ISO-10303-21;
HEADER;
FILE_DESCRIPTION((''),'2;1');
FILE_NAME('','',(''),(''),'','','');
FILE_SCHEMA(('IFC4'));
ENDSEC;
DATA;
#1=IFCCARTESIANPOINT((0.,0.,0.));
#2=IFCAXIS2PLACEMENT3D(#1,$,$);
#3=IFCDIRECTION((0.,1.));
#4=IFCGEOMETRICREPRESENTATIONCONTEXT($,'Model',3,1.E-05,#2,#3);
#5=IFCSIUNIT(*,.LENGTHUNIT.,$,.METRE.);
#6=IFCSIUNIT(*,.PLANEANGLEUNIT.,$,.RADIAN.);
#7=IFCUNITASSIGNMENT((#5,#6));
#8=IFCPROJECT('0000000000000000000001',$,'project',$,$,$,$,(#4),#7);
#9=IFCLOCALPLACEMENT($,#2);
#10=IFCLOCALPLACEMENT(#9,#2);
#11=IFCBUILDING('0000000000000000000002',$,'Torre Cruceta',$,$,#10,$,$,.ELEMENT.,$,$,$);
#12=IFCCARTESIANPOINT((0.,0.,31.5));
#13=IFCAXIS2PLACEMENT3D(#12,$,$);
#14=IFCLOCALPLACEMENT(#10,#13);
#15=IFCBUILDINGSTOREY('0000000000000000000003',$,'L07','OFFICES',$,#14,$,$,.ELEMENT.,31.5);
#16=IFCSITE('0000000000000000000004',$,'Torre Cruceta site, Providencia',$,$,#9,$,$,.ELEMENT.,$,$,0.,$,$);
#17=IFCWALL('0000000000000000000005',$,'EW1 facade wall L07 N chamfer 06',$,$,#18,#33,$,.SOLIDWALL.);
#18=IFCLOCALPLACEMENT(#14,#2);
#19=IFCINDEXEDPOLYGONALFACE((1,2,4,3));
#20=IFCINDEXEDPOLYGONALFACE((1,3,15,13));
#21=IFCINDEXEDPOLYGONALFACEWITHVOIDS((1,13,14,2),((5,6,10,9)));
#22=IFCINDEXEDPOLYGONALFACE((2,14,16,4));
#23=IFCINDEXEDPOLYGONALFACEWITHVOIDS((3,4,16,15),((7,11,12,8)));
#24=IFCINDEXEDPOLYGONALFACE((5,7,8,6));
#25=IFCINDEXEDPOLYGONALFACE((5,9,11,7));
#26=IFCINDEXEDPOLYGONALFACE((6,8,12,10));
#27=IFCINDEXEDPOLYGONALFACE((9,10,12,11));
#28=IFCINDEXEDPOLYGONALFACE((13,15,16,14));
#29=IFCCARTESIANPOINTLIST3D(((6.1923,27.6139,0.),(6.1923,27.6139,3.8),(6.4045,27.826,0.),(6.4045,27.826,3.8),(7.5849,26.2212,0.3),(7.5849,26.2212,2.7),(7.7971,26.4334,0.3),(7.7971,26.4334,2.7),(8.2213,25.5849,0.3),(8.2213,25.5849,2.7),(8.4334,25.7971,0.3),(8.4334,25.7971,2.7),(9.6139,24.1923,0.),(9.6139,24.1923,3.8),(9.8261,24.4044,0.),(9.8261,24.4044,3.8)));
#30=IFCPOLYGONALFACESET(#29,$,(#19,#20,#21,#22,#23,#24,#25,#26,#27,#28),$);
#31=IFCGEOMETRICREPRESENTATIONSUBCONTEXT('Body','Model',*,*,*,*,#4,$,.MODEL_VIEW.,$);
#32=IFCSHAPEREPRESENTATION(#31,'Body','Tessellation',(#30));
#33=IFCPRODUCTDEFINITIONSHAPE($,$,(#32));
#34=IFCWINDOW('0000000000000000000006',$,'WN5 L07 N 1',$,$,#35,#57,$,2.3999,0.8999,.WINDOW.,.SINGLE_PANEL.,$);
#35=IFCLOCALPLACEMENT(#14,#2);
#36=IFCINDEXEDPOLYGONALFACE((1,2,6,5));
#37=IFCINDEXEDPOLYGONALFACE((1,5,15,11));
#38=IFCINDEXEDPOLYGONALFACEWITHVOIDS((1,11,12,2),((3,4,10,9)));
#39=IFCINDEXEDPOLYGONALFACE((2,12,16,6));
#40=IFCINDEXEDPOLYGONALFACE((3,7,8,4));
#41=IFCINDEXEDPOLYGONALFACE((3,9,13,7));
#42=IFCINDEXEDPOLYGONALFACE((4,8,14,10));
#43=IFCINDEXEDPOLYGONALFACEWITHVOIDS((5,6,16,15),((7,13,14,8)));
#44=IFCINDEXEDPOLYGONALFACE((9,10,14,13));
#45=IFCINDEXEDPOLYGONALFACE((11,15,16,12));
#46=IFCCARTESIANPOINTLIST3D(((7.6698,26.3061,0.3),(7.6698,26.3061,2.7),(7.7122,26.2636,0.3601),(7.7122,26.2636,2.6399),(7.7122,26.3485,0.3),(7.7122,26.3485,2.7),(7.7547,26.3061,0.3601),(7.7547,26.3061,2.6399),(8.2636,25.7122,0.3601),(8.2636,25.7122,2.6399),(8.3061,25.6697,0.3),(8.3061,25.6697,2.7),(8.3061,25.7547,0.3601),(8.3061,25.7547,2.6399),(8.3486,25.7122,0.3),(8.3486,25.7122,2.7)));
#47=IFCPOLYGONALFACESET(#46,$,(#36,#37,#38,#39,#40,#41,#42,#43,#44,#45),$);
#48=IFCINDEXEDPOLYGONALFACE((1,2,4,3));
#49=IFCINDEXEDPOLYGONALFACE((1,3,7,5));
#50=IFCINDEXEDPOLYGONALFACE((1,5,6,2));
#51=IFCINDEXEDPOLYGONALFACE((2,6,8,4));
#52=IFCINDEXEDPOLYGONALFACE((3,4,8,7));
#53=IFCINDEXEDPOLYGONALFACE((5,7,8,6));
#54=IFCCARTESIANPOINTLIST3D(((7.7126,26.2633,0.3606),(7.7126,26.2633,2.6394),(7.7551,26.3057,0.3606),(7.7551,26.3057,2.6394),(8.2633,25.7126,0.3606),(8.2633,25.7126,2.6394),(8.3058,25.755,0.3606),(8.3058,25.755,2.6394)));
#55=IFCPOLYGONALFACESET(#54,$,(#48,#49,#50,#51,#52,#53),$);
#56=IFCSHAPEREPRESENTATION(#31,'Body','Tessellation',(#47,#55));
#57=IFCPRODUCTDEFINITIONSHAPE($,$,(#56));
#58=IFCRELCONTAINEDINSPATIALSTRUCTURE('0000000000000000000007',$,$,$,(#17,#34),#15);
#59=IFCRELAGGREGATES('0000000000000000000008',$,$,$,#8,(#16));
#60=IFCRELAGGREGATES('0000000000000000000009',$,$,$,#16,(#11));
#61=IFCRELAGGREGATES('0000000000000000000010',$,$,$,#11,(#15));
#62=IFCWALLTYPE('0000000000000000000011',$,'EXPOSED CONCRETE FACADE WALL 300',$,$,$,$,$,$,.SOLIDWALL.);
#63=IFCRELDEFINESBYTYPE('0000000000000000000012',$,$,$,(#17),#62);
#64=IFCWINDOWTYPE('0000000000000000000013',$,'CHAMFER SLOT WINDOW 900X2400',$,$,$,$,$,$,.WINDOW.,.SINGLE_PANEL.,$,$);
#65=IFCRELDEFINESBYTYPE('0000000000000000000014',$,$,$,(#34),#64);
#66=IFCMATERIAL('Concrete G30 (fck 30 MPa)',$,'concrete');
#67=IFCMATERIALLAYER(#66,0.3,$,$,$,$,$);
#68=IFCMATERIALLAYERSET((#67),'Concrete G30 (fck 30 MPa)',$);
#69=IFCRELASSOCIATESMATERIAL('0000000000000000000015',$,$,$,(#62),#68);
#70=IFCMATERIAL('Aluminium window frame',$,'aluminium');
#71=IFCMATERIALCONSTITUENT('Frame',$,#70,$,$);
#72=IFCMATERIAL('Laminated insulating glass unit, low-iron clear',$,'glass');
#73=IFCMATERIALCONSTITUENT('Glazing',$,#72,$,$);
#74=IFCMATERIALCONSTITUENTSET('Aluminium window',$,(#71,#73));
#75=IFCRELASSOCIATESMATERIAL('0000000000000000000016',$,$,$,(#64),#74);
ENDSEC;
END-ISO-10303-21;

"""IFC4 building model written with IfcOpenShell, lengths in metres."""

from ifc_helpers import new_model, si_unit, direction, frame, frame_2d, origin, place, context, subcontext, project, spatial, rectangle, hollow_rectangle, extrude, material, layer, layer_set, constituent, constituent_set, type_object, element, fill, save


model = new_model("IFC4")

# Units and contexts
model_context = context("Model", 3, precision=1e-05, world=origin(), true_north=direction((0.0, 1.0)))
body_context = subcontext(model_context, "Body", "Model", "MODEL_VIEW")
ifc_project = project(units=[si_unit("LENGTHUNIT", "METRE"), si_unit("PLANEANGLEUNIT", "RADIAN")], contexts=[model_context])

# Site, building, storey
site_placement = place(None, origin())
site = spatial("IfcSite", under=ifc_project, at=site_placement, Name="Torre Cruceta site, Providencia", CompositionType="ELEMENT", RefElevation=0.0)
building_placement = place(site_placement, origin())
building = spatial("IfcBuilding", under=site, at=building_placement, Name="Torre Cruceta", CompositionType="ELEMENT")
storey_placement = place(building_placement, frame((0.0, 0.0, 31.5)))
storey = spatial("IfcBuildingStorey", under=building, at=storey_placement, Name="L07", Description="OFFICES", CompositionType="ELEMENT", Elevation=31.5)

# Wall, opening, window
ifc_material_1 = material(Name="Concrete G30 (fck 30 MPa)", Category="concrete")
ifc_layer_1 = layer(ifc_material_1, 0.3)
ifc_layer_set_1 = layer_set([ifc_layer_1], Name="Concrete G30 (fck 30 MPa)")
wall_type = type_object("IfcWallType", Name="EXPOSED CONCRETE FACADE WALL 300", PredefinedType="SOLIDWALL", material=ifc_layer_set_1)
wall_placement = place(storey_placement, frame((9.72, 24.2983, 0.0), z_axis=(0.0, 0.0, 1.0), x_axis=(-0.707107, 0.707107, 0.0)))
wall = element("IfcWall", 1, at=wall_placement, inside=storey, type_object=wall_type, Name="EW1 facade wall L07 N chamfer 06", PredefinedType="SOLIDWALL", context=body_context, shape_type="SweptSolid", body=[
    extrude(rectangle(XDim=4.8389, YDim=0.3, at=frame_2d((2.4194, 0.0))), origin(), (0.0, 0.0, 1.0), 3.8),
])
opening_placement = place(wall_placement, frame((1.9695, 0.0, 0.3)))
opening = element("IfcOpeningElement", 2, at=opening_placement, cuts=wall, PredefinedType="OPENING", context=body_context, shape_type="SweptSolid", body=[
    extrude(rectangle(XDim=0.8999, YDim=2.3999, at=frame_2d((0.45, 1.2))), frame((0.0, 0.1599, 0.0), z_axis=(0.0, -1.0, 0.0), x_axis=(1.0, 0.0, 0.0)), (0.0, 0.0, 1.0), 0.3201),
])
ifc_material_2 = material(Name="Aluminium window frame", Category="aluminium")
ifc_constituent_1 = constituent(ifc_material_2, Name="Frame")
ifc_material_3 = material(Name="Laminated insulating glass unit, low-iron clear", Category="glass")
ifc_constituent_2 = constituent(ifc_material_3, Name="Glazing")
ifc_constituent_set = constituent_set(constituents=[ifc_constituent_1, ifc_constituent_2], Name="Aluminium window")
window_type = type_object("IfcWindowType", Name="CHAMFER SLOT WINDOW 900X2400", PartitioningType="SINGLE_PANEL", PredefinedType="WINDOW", material=ifc_constituent_set)
window_placement = place(opening_placement, origin())
window = element("IfcWindow", 3, at=window_placement, inside=storey, type_object=window_type, Name="WN5 L07 N 1", OverallHeight=2.3999, OverallWidth=0.8999, PartitioningType="SINGLE_PANEL", PredefinedType="WINDOW", context=body_context, shape_type="SweptSolid", body=[
    extrude(hollow_rectangle(XDim=0.8999, YDim=2.3999, WallThickness=0.0601, at=frame_2d((0.45, 1.2))), frame((0.0, 0.03, 0.0), z_axis=(0.0, -1.0, 0.0), x_axis=(1.0, 0.0, 0.0)), (0.0, 0.0, 1.0), 0.0601),
    extrude(rectangle(XDim=0.7788, YDim=2.2788, at=frame_2d((0.45, 1.2))), frame((0.0, 0.03, 0.0), z_axis=(0.0, -1.0, 0.0), x_axis=(1.0, 0.0, 0.0)), (0.0, 0.0, 1.0), 0.0601),
])
fill(opening, window)

save(model, "model.ifc")
